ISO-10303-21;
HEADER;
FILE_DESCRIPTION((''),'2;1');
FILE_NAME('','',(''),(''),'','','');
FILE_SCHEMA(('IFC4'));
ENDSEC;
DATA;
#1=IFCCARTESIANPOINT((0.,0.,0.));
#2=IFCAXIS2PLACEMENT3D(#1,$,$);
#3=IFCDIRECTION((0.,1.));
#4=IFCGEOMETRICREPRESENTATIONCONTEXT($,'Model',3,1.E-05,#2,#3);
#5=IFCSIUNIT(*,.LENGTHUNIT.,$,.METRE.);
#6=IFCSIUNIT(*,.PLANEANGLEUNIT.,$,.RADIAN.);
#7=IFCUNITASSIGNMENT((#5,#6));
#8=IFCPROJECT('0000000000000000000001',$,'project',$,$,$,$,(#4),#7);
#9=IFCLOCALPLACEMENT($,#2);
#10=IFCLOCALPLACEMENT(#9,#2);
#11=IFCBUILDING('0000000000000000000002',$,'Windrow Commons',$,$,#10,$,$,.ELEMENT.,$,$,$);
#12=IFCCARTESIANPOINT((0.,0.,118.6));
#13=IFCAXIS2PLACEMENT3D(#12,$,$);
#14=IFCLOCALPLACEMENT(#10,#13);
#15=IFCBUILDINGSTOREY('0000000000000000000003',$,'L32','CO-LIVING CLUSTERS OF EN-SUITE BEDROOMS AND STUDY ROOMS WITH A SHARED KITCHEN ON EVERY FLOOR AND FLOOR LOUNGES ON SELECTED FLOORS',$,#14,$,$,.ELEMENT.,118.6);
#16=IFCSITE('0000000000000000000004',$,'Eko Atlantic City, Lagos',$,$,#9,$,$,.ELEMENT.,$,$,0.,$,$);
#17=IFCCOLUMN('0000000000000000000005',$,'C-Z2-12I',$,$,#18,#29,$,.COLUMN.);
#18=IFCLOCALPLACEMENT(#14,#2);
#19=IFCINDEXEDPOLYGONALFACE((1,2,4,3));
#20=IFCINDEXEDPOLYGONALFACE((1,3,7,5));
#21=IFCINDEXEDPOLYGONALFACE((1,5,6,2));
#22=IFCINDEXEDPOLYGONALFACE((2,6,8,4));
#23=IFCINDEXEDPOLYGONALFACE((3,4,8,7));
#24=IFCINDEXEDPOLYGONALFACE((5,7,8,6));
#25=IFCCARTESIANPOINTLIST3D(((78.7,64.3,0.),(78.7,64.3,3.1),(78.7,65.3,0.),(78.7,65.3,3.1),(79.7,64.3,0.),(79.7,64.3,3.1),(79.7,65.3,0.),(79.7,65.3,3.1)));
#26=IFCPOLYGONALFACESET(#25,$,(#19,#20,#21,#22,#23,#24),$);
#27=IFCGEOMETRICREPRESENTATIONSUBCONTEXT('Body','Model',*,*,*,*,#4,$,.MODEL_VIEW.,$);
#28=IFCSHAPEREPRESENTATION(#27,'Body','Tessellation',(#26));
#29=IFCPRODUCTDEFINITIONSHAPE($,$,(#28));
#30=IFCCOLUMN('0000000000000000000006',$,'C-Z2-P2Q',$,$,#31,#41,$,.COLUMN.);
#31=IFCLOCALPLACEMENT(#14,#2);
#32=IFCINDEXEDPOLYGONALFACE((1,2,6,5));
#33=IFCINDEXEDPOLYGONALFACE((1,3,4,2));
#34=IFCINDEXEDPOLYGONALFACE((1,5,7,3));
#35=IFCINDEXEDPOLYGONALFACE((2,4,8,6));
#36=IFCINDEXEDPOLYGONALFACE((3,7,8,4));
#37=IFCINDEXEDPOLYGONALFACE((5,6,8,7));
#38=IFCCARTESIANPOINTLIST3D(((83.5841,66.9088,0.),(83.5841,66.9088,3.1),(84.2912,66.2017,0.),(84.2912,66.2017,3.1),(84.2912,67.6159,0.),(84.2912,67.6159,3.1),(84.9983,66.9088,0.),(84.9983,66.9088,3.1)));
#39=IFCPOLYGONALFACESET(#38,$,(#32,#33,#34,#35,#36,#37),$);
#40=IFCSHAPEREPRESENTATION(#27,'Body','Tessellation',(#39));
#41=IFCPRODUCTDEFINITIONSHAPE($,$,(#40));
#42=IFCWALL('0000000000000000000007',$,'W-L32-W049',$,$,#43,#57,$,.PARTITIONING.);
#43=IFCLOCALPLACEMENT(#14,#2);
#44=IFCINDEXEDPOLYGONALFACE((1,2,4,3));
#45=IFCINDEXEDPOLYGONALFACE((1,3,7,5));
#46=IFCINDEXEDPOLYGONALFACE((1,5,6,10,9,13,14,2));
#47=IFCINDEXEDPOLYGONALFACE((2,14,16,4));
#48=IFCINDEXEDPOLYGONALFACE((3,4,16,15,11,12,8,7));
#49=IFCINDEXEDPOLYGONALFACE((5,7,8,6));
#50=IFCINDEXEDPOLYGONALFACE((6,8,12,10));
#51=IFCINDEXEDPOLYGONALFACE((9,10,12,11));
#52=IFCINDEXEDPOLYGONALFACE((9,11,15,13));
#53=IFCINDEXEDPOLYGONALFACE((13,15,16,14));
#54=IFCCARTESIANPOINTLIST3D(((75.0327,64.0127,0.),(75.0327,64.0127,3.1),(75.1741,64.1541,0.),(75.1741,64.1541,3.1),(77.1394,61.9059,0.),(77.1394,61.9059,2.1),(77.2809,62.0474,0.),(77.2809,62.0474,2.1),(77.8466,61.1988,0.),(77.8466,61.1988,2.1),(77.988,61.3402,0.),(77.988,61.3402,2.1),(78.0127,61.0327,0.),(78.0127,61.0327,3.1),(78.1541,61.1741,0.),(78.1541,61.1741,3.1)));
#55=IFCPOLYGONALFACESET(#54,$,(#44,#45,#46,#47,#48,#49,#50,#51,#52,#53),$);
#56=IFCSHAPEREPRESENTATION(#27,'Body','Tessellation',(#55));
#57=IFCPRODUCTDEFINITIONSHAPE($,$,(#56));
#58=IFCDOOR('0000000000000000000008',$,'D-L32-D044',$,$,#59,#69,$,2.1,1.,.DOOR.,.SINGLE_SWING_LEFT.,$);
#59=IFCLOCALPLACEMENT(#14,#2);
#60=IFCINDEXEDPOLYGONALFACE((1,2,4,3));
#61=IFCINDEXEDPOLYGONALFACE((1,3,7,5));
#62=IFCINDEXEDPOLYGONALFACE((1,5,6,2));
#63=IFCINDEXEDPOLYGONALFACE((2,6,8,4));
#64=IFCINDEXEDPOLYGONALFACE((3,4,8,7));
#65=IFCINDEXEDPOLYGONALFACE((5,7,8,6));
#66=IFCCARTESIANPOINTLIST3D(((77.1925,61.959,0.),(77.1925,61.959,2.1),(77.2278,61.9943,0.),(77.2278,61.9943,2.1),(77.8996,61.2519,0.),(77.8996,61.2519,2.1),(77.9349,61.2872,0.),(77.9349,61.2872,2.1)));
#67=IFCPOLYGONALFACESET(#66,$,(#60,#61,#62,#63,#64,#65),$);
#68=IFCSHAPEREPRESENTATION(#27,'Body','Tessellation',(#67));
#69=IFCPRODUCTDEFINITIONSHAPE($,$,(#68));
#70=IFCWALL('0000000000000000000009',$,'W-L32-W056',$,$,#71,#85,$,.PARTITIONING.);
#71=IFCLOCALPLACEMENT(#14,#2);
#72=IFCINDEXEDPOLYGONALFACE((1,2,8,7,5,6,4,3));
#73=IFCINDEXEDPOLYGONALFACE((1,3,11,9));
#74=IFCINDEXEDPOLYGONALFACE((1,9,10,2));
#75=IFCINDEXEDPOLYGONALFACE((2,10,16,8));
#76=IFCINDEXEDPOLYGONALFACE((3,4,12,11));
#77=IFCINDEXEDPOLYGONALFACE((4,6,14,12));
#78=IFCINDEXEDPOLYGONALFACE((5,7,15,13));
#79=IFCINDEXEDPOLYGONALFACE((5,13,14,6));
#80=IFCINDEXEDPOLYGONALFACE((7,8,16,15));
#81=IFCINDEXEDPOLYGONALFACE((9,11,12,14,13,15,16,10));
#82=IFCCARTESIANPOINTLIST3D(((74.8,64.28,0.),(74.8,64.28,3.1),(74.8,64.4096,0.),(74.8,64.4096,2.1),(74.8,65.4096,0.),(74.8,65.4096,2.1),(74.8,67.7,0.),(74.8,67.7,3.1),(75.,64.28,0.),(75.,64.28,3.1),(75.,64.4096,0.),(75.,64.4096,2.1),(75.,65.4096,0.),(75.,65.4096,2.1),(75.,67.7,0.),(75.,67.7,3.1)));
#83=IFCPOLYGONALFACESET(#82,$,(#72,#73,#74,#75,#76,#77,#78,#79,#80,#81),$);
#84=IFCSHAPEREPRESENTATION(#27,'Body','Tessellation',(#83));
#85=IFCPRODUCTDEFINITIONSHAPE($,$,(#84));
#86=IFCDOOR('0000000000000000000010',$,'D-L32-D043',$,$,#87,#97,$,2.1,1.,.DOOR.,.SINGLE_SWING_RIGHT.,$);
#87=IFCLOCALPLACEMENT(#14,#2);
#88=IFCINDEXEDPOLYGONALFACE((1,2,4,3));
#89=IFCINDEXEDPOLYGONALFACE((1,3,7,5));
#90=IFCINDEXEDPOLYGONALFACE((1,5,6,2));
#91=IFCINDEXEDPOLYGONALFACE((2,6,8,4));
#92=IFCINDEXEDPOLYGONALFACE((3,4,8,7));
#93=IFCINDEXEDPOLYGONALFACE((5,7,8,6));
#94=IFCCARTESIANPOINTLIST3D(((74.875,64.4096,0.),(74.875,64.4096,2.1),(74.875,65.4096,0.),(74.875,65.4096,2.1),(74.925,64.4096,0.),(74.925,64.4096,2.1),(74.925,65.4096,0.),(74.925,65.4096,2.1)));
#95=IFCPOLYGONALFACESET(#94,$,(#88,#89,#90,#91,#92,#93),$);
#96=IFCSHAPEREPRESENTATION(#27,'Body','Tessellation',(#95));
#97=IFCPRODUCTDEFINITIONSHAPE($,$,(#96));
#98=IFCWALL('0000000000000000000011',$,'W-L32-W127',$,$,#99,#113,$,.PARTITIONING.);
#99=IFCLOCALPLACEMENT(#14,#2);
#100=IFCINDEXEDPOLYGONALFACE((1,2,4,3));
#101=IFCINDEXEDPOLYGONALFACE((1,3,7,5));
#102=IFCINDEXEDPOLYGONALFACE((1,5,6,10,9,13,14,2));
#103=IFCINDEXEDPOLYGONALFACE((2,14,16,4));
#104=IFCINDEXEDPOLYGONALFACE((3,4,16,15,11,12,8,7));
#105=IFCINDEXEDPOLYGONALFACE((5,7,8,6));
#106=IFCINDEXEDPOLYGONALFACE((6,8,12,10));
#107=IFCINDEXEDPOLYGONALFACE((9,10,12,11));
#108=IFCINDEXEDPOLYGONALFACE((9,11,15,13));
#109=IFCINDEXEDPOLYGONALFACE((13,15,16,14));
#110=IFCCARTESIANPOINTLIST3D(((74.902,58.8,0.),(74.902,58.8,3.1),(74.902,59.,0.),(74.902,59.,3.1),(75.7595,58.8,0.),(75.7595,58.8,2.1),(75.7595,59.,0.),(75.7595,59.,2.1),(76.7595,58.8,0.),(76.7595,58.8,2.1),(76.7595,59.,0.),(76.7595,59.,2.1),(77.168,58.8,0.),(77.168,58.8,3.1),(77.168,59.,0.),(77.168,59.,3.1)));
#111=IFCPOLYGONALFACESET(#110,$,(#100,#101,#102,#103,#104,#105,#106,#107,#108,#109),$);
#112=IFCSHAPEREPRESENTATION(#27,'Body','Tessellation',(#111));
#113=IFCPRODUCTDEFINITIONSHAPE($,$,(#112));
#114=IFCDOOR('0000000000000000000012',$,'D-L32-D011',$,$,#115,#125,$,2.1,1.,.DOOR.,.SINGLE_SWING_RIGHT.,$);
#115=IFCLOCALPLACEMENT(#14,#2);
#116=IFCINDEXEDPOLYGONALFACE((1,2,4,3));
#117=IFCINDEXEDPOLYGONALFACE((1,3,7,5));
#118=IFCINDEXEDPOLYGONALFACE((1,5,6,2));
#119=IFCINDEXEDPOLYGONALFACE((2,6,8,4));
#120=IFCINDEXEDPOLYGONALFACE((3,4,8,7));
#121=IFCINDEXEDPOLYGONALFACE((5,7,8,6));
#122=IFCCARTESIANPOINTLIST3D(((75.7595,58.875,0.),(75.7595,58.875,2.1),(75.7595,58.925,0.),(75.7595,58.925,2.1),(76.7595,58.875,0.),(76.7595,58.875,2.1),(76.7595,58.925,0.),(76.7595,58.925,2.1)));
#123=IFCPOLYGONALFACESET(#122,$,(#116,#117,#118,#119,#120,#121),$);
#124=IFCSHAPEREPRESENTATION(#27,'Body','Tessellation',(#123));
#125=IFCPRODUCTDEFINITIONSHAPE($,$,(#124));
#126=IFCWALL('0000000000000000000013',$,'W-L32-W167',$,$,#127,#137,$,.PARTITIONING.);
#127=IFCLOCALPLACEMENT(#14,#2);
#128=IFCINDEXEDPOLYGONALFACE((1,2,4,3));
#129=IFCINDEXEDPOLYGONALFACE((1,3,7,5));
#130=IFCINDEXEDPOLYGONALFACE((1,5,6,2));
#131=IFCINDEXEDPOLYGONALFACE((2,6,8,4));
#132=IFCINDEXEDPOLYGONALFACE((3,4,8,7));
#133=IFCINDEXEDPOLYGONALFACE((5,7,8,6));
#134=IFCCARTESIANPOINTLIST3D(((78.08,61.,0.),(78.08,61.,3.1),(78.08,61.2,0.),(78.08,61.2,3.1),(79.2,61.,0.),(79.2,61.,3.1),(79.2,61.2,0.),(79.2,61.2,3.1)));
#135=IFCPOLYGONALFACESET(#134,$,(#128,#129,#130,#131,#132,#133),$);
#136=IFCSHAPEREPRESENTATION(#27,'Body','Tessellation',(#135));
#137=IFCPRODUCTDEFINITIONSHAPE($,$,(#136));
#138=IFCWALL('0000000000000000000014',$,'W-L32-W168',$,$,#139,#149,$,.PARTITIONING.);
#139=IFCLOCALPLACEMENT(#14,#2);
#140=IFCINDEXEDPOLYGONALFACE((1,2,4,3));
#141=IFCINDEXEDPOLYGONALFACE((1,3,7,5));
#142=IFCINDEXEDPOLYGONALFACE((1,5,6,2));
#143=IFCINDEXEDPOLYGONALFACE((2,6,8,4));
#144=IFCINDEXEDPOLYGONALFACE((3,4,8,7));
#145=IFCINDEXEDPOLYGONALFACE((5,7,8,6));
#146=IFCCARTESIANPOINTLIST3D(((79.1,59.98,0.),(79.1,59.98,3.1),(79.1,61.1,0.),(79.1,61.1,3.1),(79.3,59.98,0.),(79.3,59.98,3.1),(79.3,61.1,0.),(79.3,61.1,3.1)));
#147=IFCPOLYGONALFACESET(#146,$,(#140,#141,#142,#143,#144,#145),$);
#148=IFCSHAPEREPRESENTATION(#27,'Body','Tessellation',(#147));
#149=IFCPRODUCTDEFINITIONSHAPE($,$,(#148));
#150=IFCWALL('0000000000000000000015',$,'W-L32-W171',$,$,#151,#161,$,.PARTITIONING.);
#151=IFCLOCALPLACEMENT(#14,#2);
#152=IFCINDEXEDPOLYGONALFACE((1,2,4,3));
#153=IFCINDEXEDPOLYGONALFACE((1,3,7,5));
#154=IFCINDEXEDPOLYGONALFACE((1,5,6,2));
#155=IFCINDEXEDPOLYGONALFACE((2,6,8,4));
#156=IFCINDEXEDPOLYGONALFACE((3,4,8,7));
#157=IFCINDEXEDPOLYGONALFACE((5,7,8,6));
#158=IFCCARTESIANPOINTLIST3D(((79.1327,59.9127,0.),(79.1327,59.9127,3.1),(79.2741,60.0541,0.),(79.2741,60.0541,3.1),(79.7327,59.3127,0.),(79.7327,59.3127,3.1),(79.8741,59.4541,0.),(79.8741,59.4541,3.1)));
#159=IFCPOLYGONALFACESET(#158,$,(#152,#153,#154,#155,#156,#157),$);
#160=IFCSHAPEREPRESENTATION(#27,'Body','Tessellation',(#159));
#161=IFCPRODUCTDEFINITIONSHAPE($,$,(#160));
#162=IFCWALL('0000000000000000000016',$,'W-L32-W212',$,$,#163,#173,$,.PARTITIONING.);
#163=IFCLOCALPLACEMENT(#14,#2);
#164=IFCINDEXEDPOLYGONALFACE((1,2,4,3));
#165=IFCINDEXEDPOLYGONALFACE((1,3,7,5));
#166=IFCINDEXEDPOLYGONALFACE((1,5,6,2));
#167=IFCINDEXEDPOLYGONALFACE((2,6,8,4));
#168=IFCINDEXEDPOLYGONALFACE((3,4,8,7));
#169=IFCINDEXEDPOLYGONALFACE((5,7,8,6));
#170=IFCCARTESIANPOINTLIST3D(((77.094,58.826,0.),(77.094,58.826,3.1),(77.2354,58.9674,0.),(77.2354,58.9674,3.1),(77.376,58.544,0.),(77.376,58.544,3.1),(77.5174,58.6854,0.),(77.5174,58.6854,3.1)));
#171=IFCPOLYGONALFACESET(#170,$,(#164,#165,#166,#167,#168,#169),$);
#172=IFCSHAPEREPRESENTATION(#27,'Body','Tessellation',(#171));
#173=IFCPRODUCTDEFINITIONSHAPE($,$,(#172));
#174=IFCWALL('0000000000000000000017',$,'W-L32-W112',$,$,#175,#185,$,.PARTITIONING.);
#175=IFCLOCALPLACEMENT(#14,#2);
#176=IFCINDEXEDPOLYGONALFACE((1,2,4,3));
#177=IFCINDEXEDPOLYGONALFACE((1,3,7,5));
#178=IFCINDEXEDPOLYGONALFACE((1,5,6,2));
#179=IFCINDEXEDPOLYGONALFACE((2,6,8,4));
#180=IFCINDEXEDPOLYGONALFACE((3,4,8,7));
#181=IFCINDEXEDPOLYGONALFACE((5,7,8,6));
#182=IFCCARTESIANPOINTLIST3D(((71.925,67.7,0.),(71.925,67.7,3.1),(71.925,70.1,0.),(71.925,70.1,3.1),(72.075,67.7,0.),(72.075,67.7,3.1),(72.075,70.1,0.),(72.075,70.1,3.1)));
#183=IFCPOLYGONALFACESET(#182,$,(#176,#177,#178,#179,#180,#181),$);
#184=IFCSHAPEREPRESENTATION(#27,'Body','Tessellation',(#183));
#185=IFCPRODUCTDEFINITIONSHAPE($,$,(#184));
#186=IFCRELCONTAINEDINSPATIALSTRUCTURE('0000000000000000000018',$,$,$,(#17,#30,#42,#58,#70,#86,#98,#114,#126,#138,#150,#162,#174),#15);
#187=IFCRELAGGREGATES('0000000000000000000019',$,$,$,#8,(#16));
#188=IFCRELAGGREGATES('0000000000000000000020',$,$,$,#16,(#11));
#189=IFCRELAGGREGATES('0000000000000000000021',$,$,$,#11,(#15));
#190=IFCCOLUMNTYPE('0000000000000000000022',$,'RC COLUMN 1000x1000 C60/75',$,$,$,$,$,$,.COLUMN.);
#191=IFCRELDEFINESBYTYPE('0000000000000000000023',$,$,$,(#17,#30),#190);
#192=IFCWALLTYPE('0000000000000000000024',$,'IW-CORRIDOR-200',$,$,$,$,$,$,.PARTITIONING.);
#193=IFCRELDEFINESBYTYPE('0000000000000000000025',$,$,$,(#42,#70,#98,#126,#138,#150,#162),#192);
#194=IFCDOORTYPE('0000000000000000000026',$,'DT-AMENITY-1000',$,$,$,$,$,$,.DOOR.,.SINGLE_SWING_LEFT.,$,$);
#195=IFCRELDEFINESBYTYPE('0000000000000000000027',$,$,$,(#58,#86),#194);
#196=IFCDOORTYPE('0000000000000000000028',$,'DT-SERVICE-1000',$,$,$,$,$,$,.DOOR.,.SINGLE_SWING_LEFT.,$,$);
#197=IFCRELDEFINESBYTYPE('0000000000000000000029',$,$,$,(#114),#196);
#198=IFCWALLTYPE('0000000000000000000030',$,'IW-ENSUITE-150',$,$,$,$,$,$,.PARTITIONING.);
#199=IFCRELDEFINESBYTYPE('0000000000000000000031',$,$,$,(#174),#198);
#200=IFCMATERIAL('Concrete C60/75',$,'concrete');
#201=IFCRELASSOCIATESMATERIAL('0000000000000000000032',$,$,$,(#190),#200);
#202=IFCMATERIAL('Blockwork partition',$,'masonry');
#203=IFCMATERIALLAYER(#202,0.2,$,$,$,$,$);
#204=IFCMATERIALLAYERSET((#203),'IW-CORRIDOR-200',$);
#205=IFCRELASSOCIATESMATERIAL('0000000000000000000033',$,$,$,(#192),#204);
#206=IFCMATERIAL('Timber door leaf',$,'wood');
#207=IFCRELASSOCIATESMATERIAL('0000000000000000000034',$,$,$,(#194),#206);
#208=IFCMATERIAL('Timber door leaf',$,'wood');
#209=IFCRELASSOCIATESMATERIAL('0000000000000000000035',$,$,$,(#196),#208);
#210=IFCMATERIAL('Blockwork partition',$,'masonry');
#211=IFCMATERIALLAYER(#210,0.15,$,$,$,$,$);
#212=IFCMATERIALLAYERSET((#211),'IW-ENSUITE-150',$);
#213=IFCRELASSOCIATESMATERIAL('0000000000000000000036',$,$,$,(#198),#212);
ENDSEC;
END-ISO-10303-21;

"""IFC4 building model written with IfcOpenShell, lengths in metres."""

from ifc_helpers import new_model, si_unit, direction, frame, frame_2d, origin, origin_2d, place, context, subcontext, project, spatial, rectangle, extrude, material, layer, layer_set, material_profile, profile_set, type_object, element, fill, save


model = new_model("IFC4")

# Units and contexts
model_context = context("Model", 3, precision=1e-05, world=origin(), true_north=direction((0.0, 1.0)))
body_context = subcontext(model_context, "Body", "Model", "MODEL_VIEW")
ifc_project = project(units=[si_unit("LENGTHUNIT", "METRE"), si_unit("PLANEANGLEUNIT", "RADIAN")], contexts=[model_context])

# Site, building, storey
site_placement = place(None, origin())
site = spatial("IfcSite", under=ifc_project, at=site_placement, Name="Eko Atlantic City, Lagos", CompositionType="ELEMENT", RefElevation=0.0)
building_placement = place(site_placement, origin())
building = spatial("IfcBuilding", under=site, at=building_placement, Name="Windrow Commons", CompositionType="ELEMENT")
storey_placement = place(building_placement, frame((0.0, 0.0, 118.6)))
storey = spatial("IfcBuildingStorey", under=building, at=storey_placement, Name="L32", Description="CO-LIVING CLUSTERS OF EN-SUITE BEDROOMS AND STUDY ROOMS WITH A SHARED KITCHEN ON EVERY FLOOR AND FLOOR LOUNGES ON SELECTED FLOORS", CompositionType="ELEMENT", Elevation=118.6)

# Columns
ifc_material_1 = material(Name="Concrete C60/75", Category="concrete")
ifc_material_profile = material_profile(ifc_material_1, rectangle(XDim=1.0, YDim=1.0, at=origin_2d()))
ifc_profile_set = profile_set([ifc_material_profile], Name="Concrete C60/75")
column_type = type_object("IfcColumnType", Name="RC COLUMN 1000x1000 C60/75", PredefinedType="COLUMN", material=ifc_profile_set)
for number, where, z_axis, x_axis, name in (
    (1, (79.2, 64.8, 0.0), (0.0, 0.0, 1.0), (1.0, 0.0, 0.0), "C-Z2-12I"),
    (2, (84.2912, 66.9088, 0.0), (0.0, 0.0, 1.0), (0.707107, -0.707107, 0.0), "C-Z2-P2Q"),
):
    element("IfcColumn", number, at=place(storey_placement, frame(where, z_axis=z_axis, x_axis=x_axis)), inside=storey, type_object=column_type, Name=name, PredefinedType="COLUMN", context=body_context, shape_type="SweptSolid", body=[
        extrude(rectangle(XDim=1.0, YDim=1.0, at=origin_2d()), origin(), (0.0, 0.0, 1.0), 3.1),
    ])

# Walls, openings, doors
ifc_material_2 = material(Name="Blockwork partition", Category="masonry")
ifc_layer_1 = layer(ifc_material_2, 0.2)
ifc_layer_set_1 = layer_set([ifc_layer_1], Name="IW-CORRIDOR-200")
wall_type_1 = type_object("IfcWallType", Name="IW-CORRIDOR-200", PredefinedType="PARTITIONING", material=ifc_layer_set_1)
wall_1_placement = place(storey_placement, frame((75.1034, 64.0834, 0.0), z_axis=(0.0, 0.0, 1.0), x_axis=(0.707107, -0.707107, 0.0)))
wall_1 = element("IfcWall", 3, at=wall_1_placement, inside=storey, type_object=wall_type_1, Name="W-L32-W049", PredefinedType="PARTITIONING", context=body_context, shape_type="SweptSolid", body=[
    extrude(rectangle(XDim=4.2144, YDim=0.2, at=frame_2d((2.1072, 0.0))), origin(), (0.0, 0.0, 1.0), 3.1),
])
opening_1_placement = place(wall_1_placement, frame((2.9794, 0.0, 0.0)))
opening_1 = element("IfcOpeningElement", 4, at=opening_1_placement, cuts=wall_1, PredefinedType="OPENING", context=body_context, shape_type="SweptSolid", body=[
    extrude(rectangle(XDim=1.0, YDim=2.1, at=frame_2d((0.5, 1.05))), frame((0.0, 0.11, 0.0), z_axis=(0.0, -1.0, 0.0), x_axis=(1.0, 0.0, 0.0)), (0.0, 0.0, 1.0), 0.22),
])
ifc_material_3 = material(Name="Timber door leaf", Category="wood")
door_type_1 = type_object("IfcDoorType", Name="DT-AMENITY-1000", OperationType="SINGLE_SWING_LEFT", PredefinedType="DOOR", material=ifc_material_3)
door_1_placement = place(opening_1_placement, origin())
door_1 = element("IfcDoor", 5, at=door_1_placement, inside=storey, type_object=door_type_1, Name="D-L32-D044", OperationType="SINGLE_SWING_LEFT", OverallHeight=2.1, OverallWidth=1.0, PredefinedType="DOOR", context=body_context, shape_type="SweptSolid", body=[
    extrude(rectangle(XDim=1.0, YDim=2.1, at=frame_2d((0.5, 1.05))), frame((0.0, 0.025, 0.0), z_axis=(0.0, -1.0, 0.0), x_axis=(1.0, 0.0, 0.0)), (0.0, 0.0, 1.0), 0.05),
])
fill(opening_1, door_1)
wall_2_placement = place(storey_placement, frame((74.9, 64.28, 0.0), z_axis=(0.0, 0.0, 1.0), x_axis=(0.0, 1.0, 0.0)))
wall_2 = element("IfcWall", 6, at=wall_2_placement, inside=storey, type_object=wall_type_1, Name="W-L32-W056", PredefinedType="PARTITIONING", context=body_context, shape_type="SweptSolid", body=[
    extrude(rectangle(XDim=3.42, YDim=0.2, at=frame_2d((1.71, 0.0))), origin(), (0.0, 0.0, 1.0), 3.1),
])
opening_2_placement = place(wall_2_placement, frame((0.1296, 0.0, 0.0)))
opening_2 = element("IfcOpeningElement", 7, at=opening_2_placement, cuts=wall_2, PredefinedType="OPENING", context=body_context, shape_type="SweptSolid", body=[
    extrude(rectangle(XDim=1.0, YDim=2.1, at=frame_2d((0.5, 1.05))), frame((0.0, 0.11, 0.0), z_axis=(0.0, -1.0, 0.0), x_axis=(1.0, 0.0, 0.0)), (0.0, 0.0, 1.0), 0.22),
])
door_2_placement = place(opening_2_placement, origin())
door_2 = element("IfcDoor", 8, at=door_2_placement, inside=storey, type_object=door_type_1, Name="D-L32-D043", OperationType="SINGLE_SWING_RIGHT", OverallHeight=2.1, OverallWidth=1.0, PredefinedType="DOOR", context=body_context, shape_type="SweptSolid", body=[
    extrude(rectangle(XDim=1.0, YDim=2.1, at=frame_2d((0.5, 1.05))), frame((0.0, 0.025, 0.0), z_axis=(0.0, -1.0, 0.0), x_axis=(1.0, 0.0, 0.0)), (0.0, 0.0, 1.0), 0.05),
])
fill(opening_2, door_2)
wall_3_placement = place(storey_placement, frame((74.902, 58.9, 0.0), z_axis=(0.0, 0.0, 1.0), x_axis=(1.0, 0.0, 0.0)))
wall_3 = element("IfcWall", 9, at=wall_3_placement, inside=storey, type_object=wall_type_1, Name="W-L32-W127", PredefinedType="PARTITIONING", context=body_context, shape_type="SweptSolid", body=[
    extrude(rectangle(XDim=2.266, YDim=0.2, at=frame_2d((1.133, 0.0))), origin(), (0.0, 0.0, 1.0), 3.1),
])
opening_3_placement = place(wall_3_placement, frame((0.8575, 0.0, 0.0)))
opening_3 = element("IfcOpeningElement", 10, at=opening_3_placement, cuts=wall_3, PredefinedType="OPENING", context=body_context, shape_type="SweptSolid", body=[
    extrude(rectangle(XDim=1.0, YDim=2.1, at=frame_2d((0.5, 1.05))), frame((0.0, 0.11, 0.0), z_axis=(0.0, -1.0, 0.0), x_axis=(1.0, 0.0, 0.0)), (0.0, 0.0, 1.0), 0.22),
])
ifc_material_4 = material(Name="Timber door leaf", Category="wood")
door_type_2 = type_object("IfcDoorType", Name="DT-SERVICE-1000", OperationType="SINGLE_SWING_LEFT", PredefinedType="DOOR", material=ifc_material_4)
door_3_placement = place(opening_3_placement, origin())
door_3 = element("IfcDoor", 11, at=door_3_placement, inside=storey, type_object=door_type_2, Name="D-L32-D011", OperationType="SINGLE_SWING_RIGHT", OverallHeight=2.1, OverallWidth=1.0, PredefinedType="DOOR", context=body_context, shape_type="SweptSolid", body=[
    extrude(rectangle(XDim=1.0, YDim=2.1, at=frame_2d((0.5, 1.05))), frame((0.0, 0.025, 0.0), z_axis=(0.0, -1.0, 0.0), x_axis=(1.0, 0.0, 0.0)), (0.0, 0.0, 1.0), 0.05),
])
fill(opening_3, door_3)

# Walls
for number, where, z_axis, x_axis, name in (
    (12, (78.08, 61.1, 0.0), (0.0, 0.0, 1.0), (1.0, 0.0, 0.0), "W-L32-W167"),
    (13, (79.2, 59.98, 0.0), (0.0, 0.0, 1.0), (0.0, 1.0, 0.0), "W-L32-W168"),
):
    element("IfcWall", number, at=place(storey_placement, frame(where, z_axis=z_axis, x_axis=x_axis)), inside=storey, type_object=wall_type_1, Name=name, PredefinedType="PARTITIONING", context=body_context, shape_type="SweptSolid", body=[
        extrude(rectangle(XDim=1.12, YDim=0.2, at=frame_2d((0.56, 0.0))), origin(), (0.0, 0.0, 1.0), 3.1),
    ])
wall_4_placement = place(storey_placement, frame((79.2034, 59.9834, 0.0), z_axis=(0.0, 0.0, 1.0), x_axis=(0.707107, -0.707107, 0.0)))
element("IfcWall", 14, at=wall_4_placement, inside=storey, type_object=wall_type_1, Name="W-L32-W171", PredefinedType="PARTITIONING", context=body_context, shape_type="SweptSolid", body=[
    extrude(rectangle(XDim=0.8485, YDim=0.2, at=frame_2d((0.4243, 0.0))), origin(), (0.0, 0.0, 1.0), 3.1),
])
wall_5_placement = place(storey_placement, frame((77.1647, 58.8967, 0.0), z_axis=(0.0, 0.0, 1.0), x_axis=(0.707107, -0.707107, 0.0)))
element("IfcWall", 15, at=wall_5_placement, inside=storey, type_object=wall_type_1, Name="W-L32-W212", PredefinedType="PARTITIONING", context=body_context, shape_type="SweptSolid", body=[
    extrude(rectangle(XDim=0.3988, YDim=0.2, at=frame_2d((0.1994, 0.0))), origin(), (0.0, 0.0, 1.0), 3.1),
])
ifc_material_5 = material(Name="Blockwork partition", Category="masonry")
ifc_layer_2 = layer(ifc_material_5, 0.15)
ifc_layer_set_2 = layer_set([ifc_layer_2], Name="IW-ENSUITE-150")
wall_type_2 = type_object("IfcWallType", Name="IW-ENSUITE-150", PredefinedType="PARTITIONING", material=ifc_layer_set_2)
wall_6_placement = place(storey_placement, frame((72.0, 67.7, 0.0), z_axis=(0.0, 0.0, 1.0), x_axis=(0.0, 1.0, 0.0)))
element("IfcWall", 16, at=wall_6_placement, inside=storey, type_object=wall_type_2, Name="W-L32-W112", PredefinedType="PARTITIONING", context=body_context, shape_type="SweptSolid", body=[
    extrude(rectangle(XDim=2.4, YDim=0.15, at=frame_2d((1.2, 0.0))), origin(), (0.0, 0.0, 1.0), 3.1),
])

save(model, "model.ifc")
